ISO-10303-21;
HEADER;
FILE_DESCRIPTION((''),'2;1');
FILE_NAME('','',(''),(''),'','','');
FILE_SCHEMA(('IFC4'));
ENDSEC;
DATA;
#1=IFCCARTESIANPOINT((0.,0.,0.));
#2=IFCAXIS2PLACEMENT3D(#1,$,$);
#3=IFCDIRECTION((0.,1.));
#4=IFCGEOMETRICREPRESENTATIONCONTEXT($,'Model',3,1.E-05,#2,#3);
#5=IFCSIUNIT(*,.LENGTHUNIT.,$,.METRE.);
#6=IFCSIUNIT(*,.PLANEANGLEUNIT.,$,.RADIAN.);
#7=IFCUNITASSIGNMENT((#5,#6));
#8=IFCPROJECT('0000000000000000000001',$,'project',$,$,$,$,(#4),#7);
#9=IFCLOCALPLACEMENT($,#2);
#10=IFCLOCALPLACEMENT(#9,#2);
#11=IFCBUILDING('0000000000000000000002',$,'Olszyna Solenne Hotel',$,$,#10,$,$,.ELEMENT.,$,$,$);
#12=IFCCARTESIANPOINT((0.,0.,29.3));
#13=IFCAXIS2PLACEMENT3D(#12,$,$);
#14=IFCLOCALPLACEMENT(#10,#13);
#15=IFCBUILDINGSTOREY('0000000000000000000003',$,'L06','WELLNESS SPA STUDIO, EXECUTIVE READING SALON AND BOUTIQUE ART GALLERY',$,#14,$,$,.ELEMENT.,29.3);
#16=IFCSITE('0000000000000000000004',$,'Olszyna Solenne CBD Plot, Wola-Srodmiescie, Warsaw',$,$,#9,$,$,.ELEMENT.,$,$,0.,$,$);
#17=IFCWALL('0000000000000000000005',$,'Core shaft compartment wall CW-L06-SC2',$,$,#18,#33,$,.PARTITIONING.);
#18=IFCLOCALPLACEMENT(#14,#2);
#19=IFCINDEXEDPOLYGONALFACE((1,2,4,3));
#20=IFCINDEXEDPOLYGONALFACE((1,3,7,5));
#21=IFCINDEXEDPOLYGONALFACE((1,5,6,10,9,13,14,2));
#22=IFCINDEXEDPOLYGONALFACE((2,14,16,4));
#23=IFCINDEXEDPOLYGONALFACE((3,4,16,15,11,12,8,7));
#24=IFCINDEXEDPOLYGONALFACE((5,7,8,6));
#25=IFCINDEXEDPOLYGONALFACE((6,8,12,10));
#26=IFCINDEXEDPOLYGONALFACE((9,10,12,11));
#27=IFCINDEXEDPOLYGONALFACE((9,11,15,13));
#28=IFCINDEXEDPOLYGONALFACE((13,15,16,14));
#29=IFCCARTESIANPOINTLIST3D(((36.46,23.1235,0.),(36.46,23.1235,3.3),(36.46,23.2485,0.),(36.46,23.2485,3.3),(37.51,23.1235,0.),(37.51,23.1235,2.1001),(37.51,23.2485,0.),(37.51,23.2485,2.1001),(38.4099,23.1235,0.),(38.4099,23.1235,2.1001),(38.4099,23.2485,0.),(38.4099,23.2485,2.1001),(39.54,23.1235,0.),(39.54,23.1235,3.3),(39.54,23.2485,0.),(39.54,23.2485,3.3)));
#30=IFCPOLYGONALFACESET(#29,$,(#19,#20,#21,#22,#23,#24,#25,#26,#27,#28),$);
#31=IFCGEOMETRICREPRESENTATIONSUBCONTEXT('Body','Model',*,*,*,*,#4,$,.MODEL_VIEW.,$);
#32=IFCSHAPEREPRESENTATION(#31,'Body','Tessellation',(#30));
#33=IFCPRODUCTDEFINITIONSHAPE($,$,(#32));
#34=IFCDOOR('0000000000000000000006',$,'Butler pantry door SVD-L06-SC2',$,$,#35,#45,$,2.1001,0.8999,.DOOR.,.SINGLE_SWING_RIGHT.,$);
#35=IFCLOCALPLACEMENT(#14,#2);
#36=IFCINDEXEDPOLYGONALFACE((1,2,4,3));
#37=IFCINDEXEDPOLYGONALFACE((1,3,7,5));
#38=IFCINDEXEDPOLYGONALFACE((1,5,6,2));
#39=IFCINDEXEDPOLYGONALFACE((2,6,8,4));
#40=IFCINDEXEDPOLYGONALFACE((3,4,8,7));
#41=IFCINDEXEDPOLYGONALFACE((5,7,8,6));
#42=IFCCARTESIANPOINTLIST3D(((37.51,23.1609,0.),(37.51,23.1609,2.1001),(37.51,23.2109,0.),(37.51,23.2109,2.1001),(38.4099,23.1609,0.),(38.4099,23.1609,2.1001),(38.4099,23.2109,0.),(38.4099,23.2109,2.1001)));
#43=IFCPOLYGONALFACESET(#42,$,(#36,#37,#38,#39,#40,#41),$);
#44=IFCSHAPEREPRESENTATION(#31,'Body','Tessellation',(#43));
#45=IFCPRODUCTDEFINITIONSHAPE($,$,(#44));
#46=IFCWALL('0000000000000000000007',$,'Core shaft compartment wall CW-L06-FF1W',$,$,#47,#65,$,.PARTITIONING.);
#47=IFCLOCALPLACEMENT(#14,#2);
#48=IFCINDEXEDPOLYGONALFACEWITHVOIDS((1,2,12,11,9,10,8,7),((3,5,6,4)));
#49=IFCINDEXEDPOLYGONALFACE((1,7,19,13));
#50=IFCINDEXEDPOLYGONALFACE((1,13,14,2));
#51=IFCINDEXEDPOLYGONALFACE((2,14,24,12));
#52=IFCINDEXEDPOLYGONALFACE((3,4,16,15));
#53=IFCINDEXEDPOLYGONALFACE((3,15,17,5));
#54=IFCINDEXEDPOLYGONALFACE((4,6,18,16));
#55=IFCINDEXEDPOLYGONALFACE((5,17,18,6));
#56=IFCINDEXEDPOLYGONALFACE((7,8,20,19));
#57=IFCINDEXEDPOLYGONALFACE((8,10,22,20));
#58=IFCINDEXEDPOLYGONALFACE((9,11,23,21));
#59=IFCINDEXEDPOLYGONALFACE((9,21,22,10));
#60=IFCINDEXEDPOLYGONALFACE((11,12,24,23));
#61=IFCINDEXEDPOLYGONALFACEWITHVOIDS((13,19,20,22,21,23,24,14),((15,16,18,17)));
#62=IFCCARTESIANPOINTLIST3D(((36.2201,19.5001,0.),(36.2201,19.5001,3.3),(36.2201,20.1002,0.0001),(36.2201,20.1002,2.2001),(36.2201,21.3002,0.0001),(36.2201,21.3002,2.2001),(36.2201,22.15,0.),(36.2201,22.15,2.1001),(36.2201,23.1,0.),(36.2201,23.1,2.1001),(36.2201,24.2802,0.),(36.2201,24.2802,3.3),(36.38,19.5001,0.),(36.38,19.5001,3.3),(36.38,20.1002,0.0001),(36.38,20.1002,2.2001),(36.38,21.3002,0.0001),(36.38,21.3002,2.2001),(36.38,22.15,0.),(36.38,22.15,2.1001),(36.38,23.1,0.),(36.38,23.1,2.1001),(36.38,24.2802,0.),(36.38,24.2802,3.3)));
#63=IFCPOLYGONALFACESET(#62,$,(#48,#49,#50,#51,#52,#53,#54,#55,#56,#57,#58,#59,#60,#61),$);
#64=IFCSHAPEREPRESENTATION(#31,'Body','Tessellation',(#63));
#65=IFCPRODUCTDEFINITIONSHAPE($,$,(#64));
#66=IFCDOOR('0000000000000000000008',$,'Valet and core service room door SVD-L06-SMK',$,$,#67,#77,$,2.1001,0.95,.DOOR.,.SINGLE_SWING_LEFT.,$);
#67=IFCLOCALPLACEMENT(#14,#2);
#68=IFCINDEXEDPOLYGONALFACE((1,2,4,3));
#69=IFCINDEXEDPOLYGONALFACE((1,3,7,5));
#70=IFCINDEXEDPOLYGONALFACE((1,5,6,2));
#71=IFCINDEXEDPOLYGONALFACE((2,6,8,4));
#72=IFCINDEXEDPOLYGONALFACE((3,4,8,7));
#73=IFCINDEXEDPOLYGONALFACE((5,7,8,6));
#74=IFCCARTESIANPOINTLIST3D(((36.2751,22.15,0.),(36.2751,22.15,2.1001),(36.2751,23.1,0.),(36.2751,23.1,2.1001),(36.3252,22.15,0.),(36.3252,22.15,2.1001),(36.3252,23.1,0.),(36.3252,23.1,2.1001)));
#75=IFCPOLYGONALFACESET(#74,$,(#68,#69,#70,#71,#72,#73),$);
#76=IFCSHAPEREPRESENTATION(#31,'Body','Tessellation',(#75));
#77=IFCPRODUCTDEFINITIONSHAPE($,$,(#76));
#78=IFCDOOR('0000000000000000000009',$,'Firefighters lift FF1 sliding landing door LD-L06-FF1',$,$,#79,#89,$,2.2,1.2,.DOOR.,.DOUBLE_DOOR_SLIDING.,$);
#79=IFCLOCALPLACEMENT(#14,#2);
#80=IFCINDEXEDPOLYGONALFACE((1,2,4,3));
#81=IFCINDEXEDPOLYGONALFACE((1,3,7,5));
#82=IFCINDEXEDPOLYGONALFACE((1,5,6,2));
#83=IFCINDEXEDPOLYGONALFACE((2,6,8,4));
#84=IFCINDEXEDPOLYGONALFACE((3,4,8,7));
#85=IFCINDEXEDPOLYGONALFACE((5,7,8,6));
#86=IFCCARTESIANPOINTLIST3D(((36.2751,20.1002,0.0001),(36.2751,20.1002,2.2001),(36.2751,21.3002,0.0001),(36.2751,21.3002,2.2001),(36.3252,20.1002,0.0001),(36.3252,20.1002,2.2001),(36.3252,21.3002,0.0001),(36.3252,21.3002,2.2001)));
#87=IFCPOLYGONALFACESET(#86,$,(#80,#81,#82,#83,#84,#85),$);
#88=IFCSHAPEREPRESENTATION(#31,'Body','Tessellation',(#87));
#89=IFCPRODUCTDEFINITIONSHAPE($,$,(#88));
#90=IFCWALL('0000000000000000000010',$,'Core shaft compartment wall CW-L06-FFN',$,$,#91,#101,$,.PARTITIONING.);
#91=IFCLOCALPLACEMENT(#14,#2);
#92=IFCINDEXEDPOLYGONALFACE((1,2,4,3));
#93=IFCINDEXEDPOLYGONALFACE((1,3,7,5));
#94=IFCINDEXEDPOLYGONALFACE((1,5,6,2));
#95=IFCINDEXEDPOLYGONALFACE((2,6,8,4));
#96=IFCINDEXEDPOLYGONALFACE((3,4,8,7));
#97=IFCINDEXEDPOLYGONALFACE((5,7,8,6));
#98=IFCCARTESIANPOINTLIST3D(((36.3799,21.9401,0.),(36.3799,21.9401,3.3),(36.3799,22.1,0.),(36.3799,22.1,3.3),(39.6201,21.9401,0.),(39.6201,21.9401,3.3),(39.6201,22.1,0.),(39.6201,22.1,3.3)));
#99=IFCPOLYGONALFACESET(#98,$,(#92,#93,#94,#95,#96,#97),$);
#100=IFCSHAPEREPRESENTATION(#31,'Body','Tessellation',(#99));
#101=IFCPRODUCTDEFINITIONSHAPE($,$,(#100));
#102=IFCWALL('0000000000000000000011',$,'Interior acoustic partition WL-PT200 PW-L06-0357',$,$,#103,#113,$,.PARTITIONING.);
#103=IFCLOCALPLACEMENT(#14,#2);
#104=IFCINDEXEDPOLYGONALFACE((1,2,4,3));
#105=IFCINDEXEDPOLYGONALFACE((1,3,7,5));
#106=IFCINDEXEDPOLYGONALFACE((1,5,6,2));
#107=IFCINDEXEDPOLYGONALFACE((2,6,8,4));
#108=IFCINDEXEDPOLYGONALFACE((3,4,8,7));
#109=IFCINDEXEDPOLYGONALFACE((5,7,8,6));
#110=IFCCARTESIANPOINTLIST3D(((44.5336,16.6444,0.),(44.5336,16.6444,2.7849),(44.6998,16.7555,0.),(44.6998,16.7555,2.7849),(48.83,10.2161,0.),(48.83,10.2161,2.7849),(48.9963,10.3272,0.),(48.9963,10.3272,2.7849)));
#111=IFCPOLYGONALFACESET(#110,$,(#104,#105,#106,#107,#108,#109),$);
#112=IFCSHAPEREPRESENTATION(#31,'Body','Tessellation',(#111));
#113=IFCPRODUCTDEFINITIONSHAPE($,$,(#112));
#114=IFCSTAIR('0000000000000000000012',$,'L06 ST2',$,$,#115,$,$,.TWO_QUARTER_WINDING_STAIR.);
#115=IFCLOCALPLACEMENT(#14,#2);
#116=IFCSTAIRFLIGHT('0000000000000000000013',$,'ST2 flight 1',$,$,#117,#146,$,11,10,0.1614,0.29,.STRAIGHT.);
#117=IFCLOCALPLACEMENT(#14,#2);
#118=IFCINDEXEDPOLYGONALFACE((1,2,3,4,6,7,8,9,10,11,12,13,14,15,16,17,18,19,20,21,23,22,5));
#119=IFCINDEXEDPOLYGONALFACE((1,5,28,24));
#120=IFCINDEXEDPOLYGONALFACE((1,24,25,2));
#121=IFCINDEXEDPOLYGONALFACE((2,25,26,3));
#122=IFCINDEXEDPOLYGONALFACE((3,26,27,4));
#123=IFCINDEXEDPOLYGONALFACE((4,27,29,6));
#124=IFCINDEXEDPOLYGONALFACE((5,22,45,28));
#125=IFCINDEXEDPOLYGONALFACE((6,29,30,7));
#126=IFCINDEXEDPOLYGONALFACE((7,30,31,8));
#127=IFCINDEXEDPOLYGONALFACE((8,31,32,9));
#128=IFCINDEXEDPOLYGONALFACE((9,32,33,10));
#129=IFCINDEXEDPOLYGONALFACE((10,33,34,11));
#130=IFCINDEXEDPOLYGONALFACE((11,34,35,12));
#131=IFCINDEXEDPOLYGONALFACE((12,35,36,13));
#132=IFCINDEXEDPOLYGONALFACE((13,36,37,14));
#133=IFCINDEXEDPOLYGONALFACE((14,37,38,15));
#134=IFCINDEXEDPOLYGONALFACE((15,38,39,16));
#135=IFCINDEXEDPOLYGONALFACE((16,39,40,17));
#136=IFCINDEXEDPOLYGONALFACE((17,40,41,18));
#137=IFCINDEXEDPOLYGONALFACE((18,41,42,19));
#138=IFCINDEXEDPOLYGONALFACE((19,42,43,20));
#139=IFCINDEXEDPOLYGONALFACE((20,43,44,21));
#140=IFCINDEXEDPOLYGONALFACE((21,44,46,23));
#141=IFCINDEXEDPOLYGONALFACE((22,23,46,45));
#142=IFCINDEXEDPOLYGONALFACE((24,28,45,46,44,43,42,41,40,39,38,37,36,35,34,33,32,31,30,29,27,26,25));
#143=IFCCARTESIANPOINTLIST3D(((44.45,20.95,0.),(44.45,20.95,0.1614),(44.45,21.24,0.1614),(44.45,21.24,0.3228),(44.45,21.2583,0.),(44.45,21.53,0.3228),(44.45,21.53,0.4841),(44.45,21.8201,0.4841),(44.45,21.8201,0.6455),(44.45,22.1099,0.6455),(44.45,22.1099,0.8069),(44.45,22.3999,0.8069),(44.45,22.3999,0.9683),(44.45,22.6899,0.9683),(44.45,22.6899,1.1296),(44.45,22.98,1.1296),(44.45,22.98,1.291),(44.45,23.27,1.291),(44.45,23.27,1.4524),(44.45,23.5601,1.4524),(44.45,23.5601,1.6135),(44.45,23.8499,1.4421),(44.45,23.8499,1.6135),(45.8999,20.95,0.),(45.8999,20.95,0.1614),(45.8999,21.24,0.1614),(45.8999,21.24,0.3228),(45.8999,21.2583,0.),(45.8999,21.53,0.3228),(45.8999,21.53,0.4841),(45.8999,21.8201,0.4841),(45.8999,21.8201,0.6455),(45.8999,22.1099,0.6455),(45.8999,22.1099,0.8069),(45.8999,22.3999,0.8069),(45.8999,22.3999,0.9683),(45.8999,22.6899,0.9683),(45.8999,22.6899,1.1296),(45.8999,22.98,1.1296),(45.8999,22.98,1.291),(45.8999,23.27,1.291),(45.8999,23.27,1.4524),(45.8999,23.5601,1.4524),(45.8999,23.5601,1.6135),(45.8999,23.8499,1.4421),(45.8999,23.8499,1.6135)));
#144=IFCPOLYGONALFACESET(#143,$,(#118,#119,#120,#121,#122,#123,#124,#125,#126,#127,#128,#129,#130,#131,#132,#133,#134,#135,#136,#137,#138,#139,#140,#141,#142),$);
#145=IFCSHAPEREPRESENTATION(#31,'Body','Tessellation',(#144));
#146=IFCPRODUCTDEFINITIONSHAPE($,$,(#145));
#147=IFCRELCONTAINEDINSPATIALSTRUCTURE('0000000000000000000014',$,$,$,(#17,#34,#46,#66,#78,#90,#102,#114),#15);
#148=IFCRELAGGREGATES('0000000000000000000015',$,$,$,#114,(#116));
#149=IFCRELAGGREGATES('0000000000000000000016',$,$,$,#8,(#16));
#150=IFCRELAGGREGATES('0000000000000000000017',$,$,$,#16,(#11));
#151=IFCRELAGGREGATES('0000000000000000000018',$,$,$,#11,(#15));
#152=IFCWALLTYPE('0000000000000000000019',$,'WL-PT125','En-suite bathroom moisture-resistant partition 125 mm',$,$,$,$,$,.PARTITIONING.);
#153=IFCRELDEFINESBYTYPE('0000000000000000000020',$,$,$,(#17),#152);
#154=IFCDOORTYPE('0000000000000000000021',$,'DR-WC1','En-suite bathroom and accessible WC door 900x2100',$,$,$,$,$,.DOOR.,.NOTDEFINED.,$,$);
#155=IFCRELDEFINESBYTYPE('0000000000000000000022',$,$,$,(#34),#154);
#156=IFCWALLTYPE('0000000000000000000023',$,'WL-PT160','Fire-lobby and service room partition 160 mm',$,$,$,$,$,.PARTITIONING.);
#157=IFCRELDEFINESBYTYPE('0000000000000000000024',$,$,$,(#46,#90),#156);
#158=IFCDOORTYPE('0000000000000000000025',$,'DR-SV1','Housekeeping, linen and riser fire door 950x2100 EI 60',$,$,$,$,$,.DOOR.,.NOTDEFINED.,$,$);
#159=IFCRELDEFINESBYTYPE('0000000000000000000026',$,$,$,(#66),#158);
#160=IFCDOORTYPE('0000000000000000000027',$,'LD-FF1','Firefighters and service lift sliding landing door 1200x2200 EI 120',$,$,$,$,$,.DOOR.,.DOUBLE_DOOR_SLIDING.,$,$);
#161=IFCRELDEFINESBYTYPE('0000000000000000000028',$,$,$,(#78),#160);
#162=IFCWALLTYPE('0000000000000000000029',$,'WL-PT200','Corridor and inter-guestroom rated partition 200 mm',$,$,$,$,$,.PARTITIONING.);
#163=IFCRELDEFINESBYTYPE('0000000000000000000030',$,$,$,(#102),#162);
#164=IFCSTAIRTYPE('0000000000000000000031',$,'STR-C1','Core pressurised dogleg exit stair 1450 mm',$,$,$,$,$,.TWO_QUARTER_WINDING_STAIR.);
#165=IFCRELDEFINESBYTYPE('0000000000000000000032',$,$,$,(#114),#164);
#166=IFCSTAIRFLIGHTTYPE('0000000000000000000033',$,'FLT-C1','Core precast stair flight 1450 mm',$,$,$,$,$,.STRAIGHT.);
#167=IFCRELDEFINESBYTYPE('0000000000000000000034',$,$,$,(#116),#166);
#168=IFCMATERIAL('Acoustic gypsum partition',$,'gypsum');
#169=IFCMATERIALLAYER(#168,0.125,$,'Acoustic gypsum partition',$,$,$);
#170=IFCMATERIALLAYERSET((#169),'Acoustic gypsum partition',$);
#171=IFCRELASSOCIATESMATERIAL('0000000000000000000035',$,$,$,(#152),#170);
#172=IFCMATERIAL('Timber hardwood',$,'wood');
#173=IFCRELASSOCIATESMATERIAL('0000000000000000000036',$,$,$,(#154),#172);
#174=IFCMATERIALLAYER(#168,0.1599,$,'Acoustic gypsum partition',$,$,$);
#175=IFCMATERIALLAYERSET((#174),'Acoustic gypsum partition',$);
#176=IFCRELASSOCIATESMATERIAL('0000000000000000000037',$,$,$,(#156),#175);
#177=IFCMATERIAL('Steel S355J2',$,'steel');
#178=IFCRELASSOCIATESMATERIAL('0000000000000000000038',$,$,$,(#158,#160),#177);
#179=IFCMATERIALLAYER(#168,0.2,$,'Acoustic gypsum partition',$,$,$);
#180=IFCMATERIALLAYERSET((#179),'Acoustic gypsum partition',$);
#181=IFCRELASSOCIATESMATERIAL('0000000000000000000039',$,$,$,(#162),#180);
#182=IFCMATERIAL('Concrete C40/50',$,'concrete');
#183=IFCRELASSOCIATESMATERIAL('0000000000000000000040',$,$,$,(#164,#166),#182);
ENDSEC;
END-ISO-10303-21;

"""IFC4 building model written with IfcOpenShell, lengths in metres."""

from ifc_helpers import new_model, si_unit, direction, frame, frame_2d, origin, place, context, subcontext, project, spatial, polyline, rectangle, outline, extrude, source, transform, mapped, material, layer, layer_set, type_object, type_shapes, element, fill, aggregate, save


model = new_model("IFC4")

# Units and contexts
model_context = context("Model", 3, precision=1e-05, world=origin(), true_north=direction((0.0, 1.0)))
body_context = subcontext(model_context, "Body", "Model", "MODEL_VIEW")
ifc_project = project(units=[si_unit("LENGTHUNIT", "METRE"), si_unit("PLANEANGLEUNIT", "RADIAN")], contexts=[model_context])

# Site, building, storey
site_placement = place(None, origin())
site = spatial("IfcSite", under=ifc_project, at=site_placement, Name="Olszyna Solenne CBD Plot, Wola-Srodmiescie, Warsaw", CompositionType="ELEMENT", RefElevation=0.0)
building_placement = place(site_placement, origin())
building = spatial("IfcBuilding", under=site, at=building_placement, Name="Olszyna Solenne Hotel", CompositionType="ELEMENT")
storey_placement = place(building_placement, frame((0.0, 0.0, 29.3)))
storey = spatial("IfcBuildingStorey", under=building, at=storey_placement, Name="L06", Description="WELLNESS SPA STUDIO, EXECUTIVE READING SALON AND BOUTIQUE ART GALLERY", CompositionType="ELEMENT", Elevation=29.3)

# Shared definitions
ifc_material_1 = material(Name="Steel S355J2", Category="steel")

# Shared definitions
ifc_material_2 = material(Name="Acoustic gypsum partition", Category="gypsum")
ifc_layer_1 = layer(ifc_material_2, 0.125, Name="Acoustic gypsum partition")
ifc_layer_set_1 = layer_set([ifc_layer_1], Name="Acoustic gypsum partition")
wall_type_1 = type_object("IfcWallType", Name="WL-PT125", Description="En-suite bathroom moisture-resistant partition 125 mm", PredefinedType="PARTITIONING", material=ifc_layer_set_1)

# Wall, opening, door
wall_1_placement = place(storey_placement, frame((36.46, 23.186, 0.0), z_axis=(0.0, 0.0, 1.0), x_axis=(1.0, 0.0, 0.0)))
wall_1 = element("IfcWall", 1, at=wall_1_placement, inside=storey, type_object=wall_type_1, Name="Core shaft compartment wall CW-L06-SC2", PredefinedType="PARTITIONING", context=body_context, shape_type="SweptSolid", body=[
    extrude(rectangle(XDim=3.0801, YDim=0.125, at=frame_2d((1.54, 0.0))), origin(), (0.0, 0.0, 1.0), 3.3),
])
opening_1_placement = place(wall_1_placement, frame((1.05, 0.0, 0.0)))
opening_1 = element("IfcOpeningElement", 2, at=opening_1_placement, cuts=wall_1, PredefinedType="OPENING", context=body_context, shape_type="SweptSolid", body=[
    extrude(rectangle(XDim=0.8999, YDim=2.1001, at=frame_2d((0.45, 1.05))), frame((0.0, 0.0725, 0.0), z_axis=(0.0, -1.0, 0.0), x_axis=(1.0, 0.0, 0.0)), (0.0, 0.0, 1.0), 0.145),
])
ifc_material_3 = material(Name="Timber hardwood", Category="wood")
door_type_1 = type_object("IfcDoorType", Name="DR-WC1", Description="En-suite bathroom and accessible WC door 900x2100", OperationType="NOTDEFINED", PredefinedType="DOOR", material=ifc_material_3)
shared_shape_1 = source(origin(), body_context, "Body", "SweptSolid", [
    extrude(rectangle(XDim=0.8999, YDim=2.1001, at=frame_2d((0.45, 1.05))), frame((0.0, 0.0249, 0.0), z_axis=(0.0, -1.0, 0.0), x_axis=(1.0, 0.0, 0.0)), (0.0, 0.0, 1.0), 0.05),
])
type_shapes(door_type_1, [shared_shape_1])
door_1_placement = place(opening_1_placement, origin())
door_1 = element("IfcDoor", 3, at=door_1_placement, inside=storey, type_object=door_type_1, Name="Butler pantry door SVD-L06-SC2", OperationType="SINGLE_SWING_RIGHT", OverallHeight=2.1001, OverallWidth=0.8999, PredefinedType="DOOR", context=body_context, shape_type="MappedRepresentation", body=[
    mapped(shared_shape_1, transform((0.0, 0.0, 0.0), x_axis=(1.0, 0.0, 0.0), y_axis=(0.0, 1.0, 0.0), z_axis=(0.0, 0.0, 1.0), scale=1.0)),
])
fill(opening_1, door_1)

# Wall, openings, doors
ifc_layer_2 = layer(ifc_material_2, 0.1599, Name="Acoustic gypsum partition")
ifc_layer_set_2 = layer_set([ifc_layer_2], Name="Acoustic gypsum partition")
wall_type_2 = type_object("IfcWallType", Name="WL-PT160", Description="Fire-lobby and service room partition 160 mm", PredefinedType="PARTITIONING", material=ifc_layer_set_2)
wall_2_placement = place(storey_placement, frame((36.3, 19.5, 0.0), z_axis=(0.0, 0.0, 1.0), x_axis=(0.0, 1.0, 0.0)))
wall_2 = element("IfcWall", 4, at=wall_2_placement, inside=storey, type_object=wall_type_2, Name="Core shaft compartment wall CW-L06-FF1W", PredefinedType="PARTITIONING", context=body_context, shape_type="SweptSolid", body=[
    extrude(rectangle(XDim=4.78, YDim=0.1599, at=frame_2d((2.3901, 0.0))), origin(), (0.0, 0.0, 1.0), 3.3),
])
opening_2_placement = place(wall_2_placement, frame((0.6001, 0.0, 0.0)))
opening_2 = element("IfcOpeningElement", 5, at=opening_2_placement, cuts=wall_2, PredefinedType="OPENING", context=body_context, shape_type="SweptSolid", body=[
    extrude(rectangle(XDim=1.2, YDim=2.2, at=frame_2d((0.6001, 1.1001))), frame((0.0, 0.0898, 0.0), z_axis=(0.0, -1.0, 0.0), x_axis=(1.0, 0.0, 0.0)), (0.0, 0.0, 1.0), 0.1799),
])
opening_3_placement = place(wall_2_placement, frame((2.6499, 0.0, 0.0)))
opening_3 = element("IfcOpeningElement", 6, at=opening_3_placement, cuts=wall_2, PredefinedType="OPENING", context=body_context, shape_type="SweptSolid", body=[
    extrude(rectangle(XDim=0.95, YDim=2.1001, at=frame_2d((0.4751, 1.05))), frame((0.0, 0.0898, 0.0), z_axis=(0.0, -1.0, 0.0), x_axis=(1.0, 0.0, 0.0)), (0.0, 0.0, 1.0), 0.1799),
])
door_type_2 = type_object("IfcDoorType", Name="DR-SV1", Description="Housekeeping, linen and riser fire door 950x2100 EI 60", OperationType="NOTDEFINED", PredefinedType="DOOR", material=ifc_material_1)
shared_shape_2 = source(origin(), body_context, "Body", "SweptSolid", [
    extrude(rectangle(XDim=0.95, YDim=2.1001, at=frame_2d((0.4751, 1.05))), frame((0.0, 0.0249, 0.0), z_axis=(0.0, -1.0, 0.0), x_axis=(1.0, 0.0, 0.0)), (0.0, 0.0, 1.0), 0.05),
])
type_shapes(door_type_2, [shared_shape_2])
door_2_placement = place(opening_3_placement, origin())
door_2 = element("IfcDoor", 7, at=door_2_placement, inside=storey, type_object=door_type_2, Name="Valet and core service room door SVD-L06-SMK", OperationType="SINGLE_SWING_LEFT", OverallHeight=2.1001, OverallWidth=0.95, PredefinedType="DOOR", context=body_context, shape_type="MappedRepresentation", body=[
    mapped(shared_shape_2, transform((0.0, 0.0, 0.0), x_axis=(1.0, 0.0, 0.0), y_axis=(0.0, 1.0, 0.0), z_axis=(0.0, 0.0, 1.0), scale=1.0)),
])
fill(opening_3, door_2)
door_type_3 = type_object("IfcDoorType", Name="LD-FF1", Description="Firefighters and service lift sliding landing door 1200x2200 EI 120", OperationType="DOUBLE_DOOR_SLIDING", PredefinedType="DOOR", material=ifc_material_1)
shared_shape_3 = source(origin(), body_context, "Body", "SweptSolid", [
    extrude(rectangle(XDim=1.2, YDim=2.2, at=frame_2d((0.6001, 1.1001))), frame((0.0, 0.0249, 0.0), z_axis=(0.0, -1.0, 0.0), x_axis=(1.0, 0.0, 0.0)), (0.0, 0.0, 1.0), 0.05),
])
type_shapes(door_type_3, [shared_shape_3])
door_3_placement = place(opening_2_placement, origin())
door_3 = element("IfcDoor", 8, at=door_3_placement, inside=storey, type_object=door_type_3, Name="Firefighters lift FF1 sliding landing door LD-L06-FF1", OperationType="DOUBLE_DOOR_SLIDING", OverallHeight=2.2, OverallWidth=1.2, PredefinedType="DOOR", context=body_context, shape_type="MappedRepresentation", body=[
    mapped(shared_shape_3, transform((0.0, 0.0, 0.0), x_axis=(1.0, 0.0, 0.0), y_axis=(0.0, 1.0, 0.0), z_axis=(0.0, 0.0, 1.0), scale=1.0)),
])
fill(opening_2, door_3)

# Walls
wall_3_placement = place(storey_placement, frame((36.3799, 22.02, 0.0), z_axis=(0.0, 0.0, 1.0), x_axis=(1.0, 0.0, 0.0)))
element("IfcWall", 9, at=wall_3_placement, inside=storey, type_object=wall_type_2, Name="Core shaft compartment wall CW-L06-FFN", PredefinedType="PARTITIONING", context=body_context, shape_type="SweptSolid", body=[
    extrude(rectangle(XDim=3.2402, YDim=0.1599, at=frame_2d((1.6201, 0.0))), origin(), (0.0, 0.0, 1.0), 3.3),
])
ifc_layer_3 = layer(ifc_material_2, 0.2, Name="Acoustic gypsum partition")
ifc_layer_set_3 = layer_set([ifc_layer_3], Name="Acoustic gypsum partition")
wall_type_3 = type_object("IfcWallType", Name="WL-PT200", Description="Corridor and inter-guestroom rated partition 200 mm", PredefinedType="PARTITIONING", material=ifc_layer_set_3)
wall_4_placement = place(storey_placement, frame((44.6167, 16.7, 0.0), z_axis=(0.0, 0.0, 1.0), x_axis=(0.555676, -0.831399, 0.0)))
element("IfcWall", 10, at=wall_4_placement, inside=storey, type_object=wall_type_3, Name="Interior acoustic partition WL-PT200 PW-L06-0357", PredefinedType="PARTITIONING", context=body_context, shape_type="SweptSolid", body=[
    extrude(rectangle(XDim=7.7319, YDim=0.2, at=frame_2d((3.866, 0.0))), origin(), (0.0, 0.0, 1.0), 2.7849),
])

# Stair, stair flight
ifc_material_4 = material(Name="Concrete C40/50", Category="concrete")
stair_type = type_object("IfcStairType", Name="STR-C1", Description="Core pressurised dogleg exit stair 1450 mm", PredefinedType="TWO_QUARTER_WINDING_STAIR", material=ifc_material_4)
stair_placement = place(storey_placement, origin())
stair = element("IfcStair", 11, at=stair_placement, inside=storey, type_object=stair_type, Name="L06 ST2", PredefinedType="TWO_QUARTER_WINDING_STAIR")
stair_flight_type = type_object("IfcStairFlightType", Name="FLT-C1", Description="Core precast stair flight 1450 mm", PredefinedType="STRAIGHT", material=ifc_material_4)
stair_flight_placement = place(storey_placement, frame((45.175, 20.95, 0.0), z_axis=(0.0, 0.0, 1.0), x_axis=(0.0, 1.0, 0.0)))
stair_flight = element("IfcStairFlight", 12, at=stair_flight_placement, type_object=stair_flight_type, Name="ST2 flight 1", NumberOfRisers=11, NumberOfTreads=10, PredefinedType="STRAIGHT", RiserHeight=0.1614, TreadLength=0.29, context=body_context, shape_type="SweptSolid", body=[
    extrude(outline(polyline([(0.0, 0.0), (0.0, 0.1614), (0.29, 0.1614), (0.29, 0.3228), (0.5801, 0.3228), (0.5801, 0.4841), (0.8701, 0.4841), (0.8701, 0.6455), (1.1599, 0.6455), (1.1599, 0.8069), (1.45, 0.8069), (1.45, 0.9683), (1.74, 0.9683), (1.74, 1.1296), (2.03, 1.1296), (2.03, 1.291), (2.3201, 1.291), (2.3201, 1.4524), (2.6101, 1.4524), (2.6101, 1.6135), (2.8999, 1.6135), (2.8999, 1.7749), (2.8999, 1.4421), (0.3083, 0.0), (0.0, 0.0)])), frame((0.0, 0.7251, 0.0), z_axis=(0.0, -1.0, 0.0), x_axis=(1.0, 0.0, 0.0)), (0.0, 0.0, 1.0), 1.45),
])
aggregate(stair, [stair_flight])

save(model, "model.ifc")
